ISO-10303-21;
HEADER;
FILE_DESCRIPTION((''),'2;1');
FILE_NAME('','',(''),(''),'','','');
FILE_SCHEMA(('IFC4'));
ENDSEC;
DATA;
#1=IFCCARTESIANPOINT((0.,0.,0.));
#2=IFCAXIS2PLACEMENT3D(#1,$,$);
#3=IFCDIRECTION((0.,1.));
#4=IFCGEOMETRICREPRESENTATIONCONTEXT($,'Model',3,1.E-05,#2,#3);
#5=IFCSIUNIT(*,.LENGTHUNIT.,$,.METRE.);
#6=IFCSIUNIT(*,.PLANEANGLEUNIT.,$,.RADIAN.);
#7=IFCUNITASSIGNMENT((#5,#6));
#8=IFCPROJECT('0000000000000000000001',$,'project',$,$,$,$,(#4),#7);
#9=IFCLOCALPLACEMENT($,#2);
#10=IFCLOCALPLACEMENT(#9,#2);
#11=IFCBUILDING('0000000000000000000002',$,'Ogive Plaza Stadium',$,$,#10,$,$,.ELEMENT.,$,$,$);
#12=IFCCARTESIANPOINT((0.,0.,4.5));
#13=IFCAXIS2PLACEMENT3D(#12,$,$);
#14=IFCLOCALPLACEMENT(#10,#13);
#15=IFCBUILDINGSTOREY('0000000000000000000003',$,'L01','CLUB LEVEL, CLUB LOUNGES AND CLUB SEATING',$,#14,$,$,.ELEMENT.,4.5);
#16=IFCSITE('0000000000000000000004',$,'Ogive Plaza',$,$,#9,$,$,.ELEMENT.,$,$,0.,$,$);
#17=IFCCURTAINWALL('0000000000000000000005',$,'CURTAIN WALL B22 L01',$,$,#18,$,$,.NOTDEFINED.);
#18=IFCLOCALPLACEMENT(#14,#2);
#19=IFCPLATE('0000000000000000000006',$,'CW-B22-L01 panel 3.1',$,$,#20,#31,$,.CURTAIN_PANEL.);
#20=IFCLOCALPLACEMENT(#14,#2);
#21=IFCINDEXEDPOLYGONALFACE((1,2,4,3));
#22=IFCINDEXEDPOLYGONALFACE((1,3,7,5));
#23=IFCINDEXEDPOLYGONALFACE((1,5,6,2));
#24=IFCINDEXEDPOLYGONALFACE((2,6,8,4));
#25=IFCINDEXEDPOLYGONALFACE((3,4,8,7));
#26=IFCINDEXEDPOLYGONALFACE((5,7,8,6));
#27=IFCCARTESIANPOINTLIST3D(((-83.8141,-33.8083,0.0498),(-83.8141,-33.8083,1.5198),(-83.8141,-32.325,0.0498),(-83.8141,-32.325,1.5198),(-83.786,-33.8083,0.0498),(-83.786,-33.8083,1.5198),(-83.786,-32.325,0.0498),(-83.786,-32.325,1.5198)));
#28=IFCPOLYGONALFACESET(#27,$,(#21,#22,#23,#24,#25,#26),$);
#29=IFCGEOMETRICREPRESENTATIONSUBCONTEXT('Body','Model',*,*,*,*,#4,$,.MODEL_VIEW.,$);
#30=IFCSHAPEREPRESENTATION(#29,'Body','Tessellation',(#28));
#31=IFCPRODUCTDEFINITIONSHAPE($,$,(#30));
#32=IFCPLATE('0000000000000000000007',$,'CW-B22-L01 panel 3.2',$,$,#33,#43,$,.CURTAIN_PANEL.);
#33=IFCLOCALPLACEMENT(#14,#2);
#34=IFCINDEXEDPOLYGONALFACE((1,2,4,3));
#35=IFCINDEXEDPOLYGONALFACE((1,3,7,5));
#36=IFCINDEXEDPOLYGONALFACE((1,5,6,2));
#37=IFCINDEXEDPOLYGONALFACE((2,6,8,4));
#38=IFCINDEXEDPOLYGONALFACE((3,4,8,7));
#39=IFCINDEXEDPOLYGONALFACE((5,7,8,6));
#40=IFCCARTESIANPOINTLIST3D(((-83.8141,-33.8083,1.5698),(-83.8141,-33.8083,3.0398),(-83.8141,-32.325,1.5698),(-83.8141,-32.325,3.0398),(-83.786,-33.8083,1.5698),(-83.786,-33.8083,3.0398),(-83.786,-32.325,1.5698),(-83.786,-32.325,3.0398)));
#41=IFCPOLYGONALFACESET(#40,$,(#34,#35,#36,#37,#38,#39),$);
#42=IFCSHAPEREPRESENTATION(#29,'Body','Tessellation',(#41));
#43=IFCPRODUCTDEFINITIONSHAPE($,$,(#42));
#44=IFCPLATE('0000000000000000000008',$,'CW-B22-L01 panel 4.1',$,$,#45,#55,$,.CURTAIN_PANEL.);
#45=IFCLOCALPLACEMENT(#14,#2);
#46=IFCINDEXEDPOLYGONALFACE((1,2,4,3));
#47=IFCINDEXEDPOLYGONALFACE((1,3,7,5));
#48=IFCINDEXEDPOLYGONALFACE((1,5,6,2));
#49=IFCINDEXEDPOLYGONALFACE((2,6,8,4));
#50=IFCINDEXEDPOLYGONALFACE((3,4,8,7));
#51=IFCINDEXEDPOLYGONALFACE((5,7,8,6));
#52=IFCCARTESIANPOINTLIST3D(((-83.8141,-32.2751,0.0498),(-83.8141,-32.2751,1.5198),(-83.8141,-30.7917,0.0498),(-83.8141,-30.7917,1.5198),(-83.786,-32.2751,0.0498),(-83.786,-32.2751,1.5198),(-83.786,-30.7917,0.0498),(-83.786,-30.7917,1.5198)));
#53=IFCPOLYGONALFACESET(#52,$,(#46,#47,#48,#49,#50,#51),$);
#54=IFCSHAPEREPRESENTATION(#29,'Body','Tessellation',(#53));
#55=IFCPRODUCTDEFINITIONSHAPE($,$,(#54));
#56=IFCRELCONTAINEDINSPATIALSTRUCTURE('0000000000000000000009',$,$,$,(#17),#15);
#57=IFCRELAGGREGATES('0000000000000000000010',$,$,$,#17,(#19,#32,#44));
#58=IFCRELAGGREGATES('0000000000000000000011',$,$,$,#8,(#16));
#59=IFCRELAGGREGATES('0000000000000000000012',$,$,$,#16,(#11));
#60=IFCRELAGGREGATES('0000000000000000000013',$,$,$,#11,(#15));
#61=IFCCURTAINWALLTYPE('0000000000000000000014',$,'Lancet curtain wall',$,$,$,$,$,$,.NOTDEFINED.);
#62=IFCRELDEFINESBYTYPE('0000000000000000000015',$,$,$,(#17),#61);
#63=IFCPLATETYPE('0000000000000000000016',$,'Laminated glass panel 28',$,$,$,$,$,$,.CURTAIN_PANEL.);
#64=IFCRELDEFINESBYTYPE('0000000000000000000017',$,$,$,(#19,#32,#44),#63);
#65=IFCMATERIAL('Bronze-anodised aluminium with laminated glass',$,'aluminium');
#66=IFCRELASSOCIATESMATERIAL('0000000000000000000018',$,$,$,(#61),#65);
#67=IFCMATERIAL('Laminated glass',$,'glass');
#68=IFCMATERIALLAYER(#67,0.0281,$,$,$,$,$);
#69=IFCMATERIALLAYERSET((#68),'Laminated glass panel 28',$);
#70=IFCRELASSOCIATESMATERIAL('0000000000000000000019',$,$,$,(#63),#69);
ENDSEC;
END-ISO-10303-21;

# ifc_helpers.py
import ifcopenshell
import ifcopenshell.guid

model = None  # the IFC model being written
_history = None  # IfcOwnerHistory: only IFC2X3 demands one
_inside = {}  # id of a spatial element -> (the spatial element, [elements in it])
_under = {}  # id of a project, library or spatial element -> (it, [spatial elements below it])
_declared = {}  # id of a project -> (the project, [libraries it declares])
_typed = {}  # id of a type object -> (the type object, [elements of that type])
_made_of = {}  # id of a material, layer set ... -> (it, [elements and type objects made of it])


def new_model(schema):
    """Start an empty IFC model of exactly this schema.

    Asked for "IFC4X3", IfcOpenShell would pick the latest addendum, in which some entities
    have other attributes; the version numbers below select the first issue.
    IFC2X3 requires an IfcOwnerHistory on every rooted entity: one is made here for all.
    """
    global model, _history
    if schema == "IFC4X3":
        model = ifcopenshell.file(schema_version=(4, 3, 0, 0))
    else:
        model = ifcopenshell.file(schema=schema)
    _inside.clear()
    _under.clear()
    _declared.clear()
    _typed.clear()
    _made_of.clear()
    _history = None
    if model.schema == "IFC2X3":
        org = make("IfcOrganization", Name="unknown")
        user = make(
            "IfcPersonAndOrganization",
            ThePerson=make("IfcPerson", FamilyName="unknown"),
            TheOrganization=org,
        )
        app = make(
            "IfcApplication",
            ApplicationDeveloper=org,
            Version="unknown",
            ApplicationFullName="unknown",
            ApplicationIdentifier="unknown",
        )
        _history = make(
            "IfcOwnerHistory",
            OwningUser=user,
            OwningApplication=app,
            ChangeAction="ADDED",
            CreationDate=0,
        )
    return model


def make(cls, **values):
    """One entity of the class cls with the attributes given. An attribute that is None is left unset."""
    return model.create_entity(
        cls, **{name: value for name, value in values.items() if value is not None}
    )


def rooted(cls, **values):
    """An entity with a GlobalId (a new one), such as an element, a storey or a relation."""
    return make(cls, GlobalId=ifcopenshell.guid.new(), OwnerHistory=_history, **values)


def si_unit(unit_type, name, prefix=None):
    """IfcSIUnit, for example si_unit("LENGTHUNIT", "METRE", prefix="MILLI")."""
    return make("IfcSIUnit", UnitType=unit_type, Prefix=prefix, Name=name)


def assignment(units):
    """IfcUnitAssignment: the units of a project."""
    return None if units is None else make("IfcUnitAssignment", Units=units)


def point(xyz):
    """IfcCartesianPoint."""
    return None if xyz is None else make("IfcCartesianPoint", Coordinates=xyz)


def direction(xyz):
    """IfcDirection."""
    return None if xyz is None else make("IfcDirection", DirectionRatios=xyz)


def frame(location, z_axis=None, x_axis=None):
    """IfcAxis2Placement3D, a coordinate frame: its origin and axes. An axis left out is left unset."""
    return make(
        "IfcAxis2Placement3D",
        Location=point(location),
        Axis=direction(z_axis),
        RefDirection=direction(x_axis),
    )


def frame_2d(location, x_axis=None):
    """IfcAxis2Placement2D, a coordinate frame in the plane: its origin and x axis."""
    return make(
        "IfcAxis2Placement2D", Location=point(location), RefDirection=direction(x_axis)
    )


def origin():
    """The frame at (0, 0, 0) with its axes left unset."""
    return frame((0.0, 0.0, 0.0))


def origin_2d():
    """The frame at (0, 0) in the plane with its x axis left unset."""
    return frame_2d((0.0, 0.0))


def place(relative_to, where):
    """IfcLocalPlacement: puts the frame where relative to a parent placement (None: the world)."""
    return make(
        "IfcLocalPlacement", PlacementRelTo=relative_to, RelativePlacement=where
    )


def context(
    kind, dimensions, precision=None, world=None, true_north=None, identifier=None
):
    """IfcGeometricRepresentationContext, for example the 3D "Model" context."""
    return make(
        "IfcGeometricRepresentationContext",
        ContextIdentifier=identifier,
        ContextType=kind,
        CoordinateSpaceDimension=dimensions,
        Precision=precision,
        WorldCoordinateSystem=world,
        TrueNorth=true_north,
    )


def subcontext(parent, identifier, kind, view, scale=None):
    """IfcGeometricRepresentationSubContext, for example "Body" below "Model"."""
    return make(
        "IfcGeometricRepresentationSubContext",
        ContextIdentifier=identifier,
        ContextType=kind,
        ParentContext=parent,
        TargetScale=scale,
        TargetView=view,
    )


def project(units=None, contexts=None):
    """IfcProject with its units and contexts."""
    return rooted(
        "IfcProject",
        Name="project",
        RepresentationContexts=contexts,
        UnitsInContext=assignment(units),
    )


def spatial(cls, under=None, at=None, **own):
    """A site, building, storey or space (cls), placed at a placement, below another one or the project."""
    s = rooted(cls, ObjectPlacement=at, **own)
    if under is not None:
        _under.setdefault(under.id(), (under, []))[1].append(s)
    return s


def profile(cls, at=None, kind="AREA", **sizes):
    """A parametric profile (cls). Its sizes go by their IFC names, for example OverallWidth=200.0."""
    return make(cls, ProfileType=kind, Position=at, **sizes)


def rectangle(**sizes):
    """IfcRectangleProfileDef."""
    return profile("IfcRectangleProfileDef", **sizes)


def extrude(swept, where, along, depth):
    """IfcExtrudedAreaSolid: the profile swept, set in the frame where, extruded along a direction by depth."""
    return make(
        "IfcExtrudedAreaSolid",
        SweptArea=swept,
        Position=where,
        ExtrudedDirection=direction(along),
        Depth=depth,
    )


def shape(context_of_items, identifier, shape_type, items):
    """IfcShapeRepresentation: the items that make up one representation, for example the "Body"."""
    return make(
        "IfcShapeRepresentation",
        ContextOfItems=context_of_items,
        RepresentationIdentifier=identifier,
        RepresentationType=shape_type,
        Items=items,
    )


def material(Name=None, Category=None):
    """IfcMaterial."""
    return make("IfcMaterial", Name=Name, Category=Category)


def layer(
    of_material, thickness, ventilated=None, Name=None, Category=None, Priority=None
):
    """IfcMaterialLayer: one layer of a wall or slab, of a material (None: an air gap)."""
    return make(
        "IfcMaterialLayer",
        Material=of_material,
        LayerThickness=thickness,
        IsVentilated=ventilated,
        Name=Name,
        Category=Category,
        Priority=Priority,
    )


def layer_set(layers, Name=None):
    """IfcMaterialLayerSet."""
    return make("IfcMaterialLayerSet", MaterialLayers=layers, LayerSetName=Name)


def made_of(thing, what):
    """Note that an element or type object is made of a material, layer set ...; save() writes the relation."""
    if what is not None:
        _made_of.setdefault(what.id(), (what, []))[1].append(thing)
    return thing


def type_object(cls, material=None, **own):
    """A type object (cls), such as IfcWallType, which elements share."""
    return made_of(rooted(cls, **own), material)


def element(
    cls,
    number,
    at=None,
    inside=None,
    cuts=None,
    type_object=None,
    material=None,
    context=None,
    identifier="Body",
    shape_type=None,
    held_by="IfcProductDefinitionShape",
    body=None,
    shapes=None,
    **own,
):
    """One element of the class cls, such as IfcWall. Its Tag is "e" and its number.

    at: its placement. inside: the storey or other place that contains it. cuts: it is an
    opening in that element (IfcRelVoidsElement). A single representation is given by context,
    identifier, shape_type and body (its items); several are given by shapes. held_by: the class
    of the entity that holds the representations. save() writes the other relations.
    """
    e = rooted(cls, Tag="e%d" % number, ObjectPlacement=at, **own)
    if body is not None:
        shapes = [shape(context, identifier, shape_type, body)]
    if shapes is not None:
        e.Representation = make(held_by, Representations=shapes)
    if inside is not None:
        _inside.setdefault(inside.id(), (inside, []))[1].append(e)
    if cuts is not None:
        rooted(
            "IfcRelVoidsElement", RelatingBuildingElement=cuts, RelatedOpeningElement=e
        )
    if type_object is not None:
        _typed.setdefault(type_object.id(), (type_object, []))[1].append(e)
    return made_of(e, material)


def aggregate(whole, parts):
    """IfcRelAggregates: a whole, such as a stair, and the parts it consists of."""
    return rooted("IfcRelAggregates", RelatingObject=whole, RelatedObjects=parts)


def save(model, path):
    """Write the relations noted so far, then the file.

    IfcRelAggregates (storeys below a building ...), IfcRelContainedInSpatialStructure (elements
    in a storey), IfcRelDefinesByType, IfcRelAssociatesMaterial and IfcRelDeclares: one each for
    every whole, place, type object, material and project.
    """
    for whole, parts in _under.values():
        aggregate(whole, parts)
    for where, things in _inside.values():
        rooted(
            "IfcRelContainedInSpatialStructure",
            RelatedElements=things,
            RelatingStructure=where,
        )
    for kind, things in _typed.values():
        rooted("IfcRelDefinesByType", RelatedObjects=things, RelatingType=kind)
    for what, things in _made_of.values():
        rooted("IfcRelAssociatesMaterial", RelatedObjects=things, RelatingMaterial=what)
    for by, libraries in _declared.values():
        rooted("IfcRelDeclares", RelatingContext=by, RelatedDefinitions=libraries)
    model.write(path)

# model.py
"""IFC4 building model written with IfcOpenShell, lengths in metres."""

from ifc_helpers import new_model, si_unit, direction, frame, origin, origin_2d, place, context, subcontext, project, spatial, rectangle, extrude, material, layer, layer_set, type_object, element, aggregate, save


model = new_model("IFC4")

# Units and contexts
model_context = context("Model", 3, precision=1e-05, world=origin(), true_north=direction((0.0, 1.0)))
body_context = subcontext(model_context, "Body", "Model", "MODEL_VIEW")
ifc_project = project(units=[si_unit("LENGTHUNIT", "METRE"), si_unit("PLANEANGLEUNIT", "RADIAN")], contexts=[model_context])

# Site, building, storey
site_placement = place(None, origin())
site = spatial("IfcSite", under=ifc_project, at=site_placement, Name="Ogive Plaza", CompositionType="ELEMENT", RefElevation=0.0)
building_placement = place(site_placement, origin())
building = spatial("IfcBuilding", under=site, at=building_placement, Name="Ogive Plaza Stadium", CompositionType="ELEMENT")
storey_placement = place(building_placement, frame((0.0, 0.0, 4.5)))
storey = spatial("IfcBuildingStorey", under=building, at=storey_placement, Name="L01", Description="CLUB LEVEL, CLUB LOUNGES AND CLUB SEATING", CompositionType="ELEMENT", Elevation=4.5)

# Shared definitions
ifc_material_1 = material(Name="Bronze-anodised aluminium with laminated glass", Category="aluminium")
curtain_wall_type = type_object("IfcCurtainWallType", Name="Lancet curtain wall", PredefinedType="NOTDEFINED", material=ifc_material_1)

# Curtain wall
curtain_wall_1_placement = place(storey_placement, origin())
curtain_wall_1 = element("IfcCurtainWall", 1, at=curtain_wall_1_placement, inside=storey, type_object=curtain_wall_type, Name="CURTAIN WALL B22 L01", PredefinedType="NOTDEFINED")

# Plates
ifc_material_2 = material(Name="Laminated glass", Category="glass")
ifc_layer = layer(ifc_material_2, 0.0281)
ifc_layer_set = layer_set([ifc_layer], Name="Laminated glass panel 28")
plate_type = type_object("IfcPlateType", Name="Laminated glass panel 28", PredefinedType="CURTAIN_PANEL", material=ifc_layer_set)
plate_1_placement = place(storey_placement, frame((-83.8, -33.0667, 0.0498), z_axis=(0.0, 0.0, 1.0), x_axis=(0.0, 1.0, 0.0)))
plate_1 = element("IfcPlate", 2, at=plate_1_placement, type_object=plate_type, Name="CW-B22-L01 panel 3.1", PredefinedType="CURTAIN_PANEL", context=body_context, shape_type="SweptSolid", body=[
    extrude(rectangle(XDim=1.4834, YDim=0.0281, at=origin_2d()), origin(), (0.0, 0.0, 1.0), 1.47),
])
plate_2_placement = place(storey_placement, frame((-83.8, -33.0667, 1.5698), z_axis=(0.0, 0.0, 1.0), x_axis=(0.0, 1.0, 0.0)))
plate_2 = element("IfcPlate", 3, at=plate_2_placement, type_object=plate_type, Name="CW-B22-L01 panel 3.2", PredefinedType="CURTAIN_PANEL", context=body_context, shape_type="SweptSolid", body=[
    extrude(rectangle(XDim=1.4834, YDim=0.0281, at=origin_2d()), origin(), (0.0, 0.0, 1.0), 1.47),
])
plate_3_placement = place(storey_placement, frame((-83.8, -31.5334, 0.0498), z_axis=(0.0, 0.0, 1.0), x_axis=(0.0, 1.0, 0.0)))
plate_3 = element("IfcPlate", 4, at=plate_3_placement, type_object=plate_type, Name="CW-B22-L01 panel 4.1", PredefinedType="CURTAIN_PANEL", context=body_context, shape_type="SweptSolid", body=[
    extrude(rectangle(XDim=1.4834, YDim=0.0281, at=origin_2d()), origin(), (0.0, 0.0, 1.0), 1.47),
])
aggregate(curtain_wall_1, [plate_1, plate_2, plate_3])

save(model, "model.ifc")
